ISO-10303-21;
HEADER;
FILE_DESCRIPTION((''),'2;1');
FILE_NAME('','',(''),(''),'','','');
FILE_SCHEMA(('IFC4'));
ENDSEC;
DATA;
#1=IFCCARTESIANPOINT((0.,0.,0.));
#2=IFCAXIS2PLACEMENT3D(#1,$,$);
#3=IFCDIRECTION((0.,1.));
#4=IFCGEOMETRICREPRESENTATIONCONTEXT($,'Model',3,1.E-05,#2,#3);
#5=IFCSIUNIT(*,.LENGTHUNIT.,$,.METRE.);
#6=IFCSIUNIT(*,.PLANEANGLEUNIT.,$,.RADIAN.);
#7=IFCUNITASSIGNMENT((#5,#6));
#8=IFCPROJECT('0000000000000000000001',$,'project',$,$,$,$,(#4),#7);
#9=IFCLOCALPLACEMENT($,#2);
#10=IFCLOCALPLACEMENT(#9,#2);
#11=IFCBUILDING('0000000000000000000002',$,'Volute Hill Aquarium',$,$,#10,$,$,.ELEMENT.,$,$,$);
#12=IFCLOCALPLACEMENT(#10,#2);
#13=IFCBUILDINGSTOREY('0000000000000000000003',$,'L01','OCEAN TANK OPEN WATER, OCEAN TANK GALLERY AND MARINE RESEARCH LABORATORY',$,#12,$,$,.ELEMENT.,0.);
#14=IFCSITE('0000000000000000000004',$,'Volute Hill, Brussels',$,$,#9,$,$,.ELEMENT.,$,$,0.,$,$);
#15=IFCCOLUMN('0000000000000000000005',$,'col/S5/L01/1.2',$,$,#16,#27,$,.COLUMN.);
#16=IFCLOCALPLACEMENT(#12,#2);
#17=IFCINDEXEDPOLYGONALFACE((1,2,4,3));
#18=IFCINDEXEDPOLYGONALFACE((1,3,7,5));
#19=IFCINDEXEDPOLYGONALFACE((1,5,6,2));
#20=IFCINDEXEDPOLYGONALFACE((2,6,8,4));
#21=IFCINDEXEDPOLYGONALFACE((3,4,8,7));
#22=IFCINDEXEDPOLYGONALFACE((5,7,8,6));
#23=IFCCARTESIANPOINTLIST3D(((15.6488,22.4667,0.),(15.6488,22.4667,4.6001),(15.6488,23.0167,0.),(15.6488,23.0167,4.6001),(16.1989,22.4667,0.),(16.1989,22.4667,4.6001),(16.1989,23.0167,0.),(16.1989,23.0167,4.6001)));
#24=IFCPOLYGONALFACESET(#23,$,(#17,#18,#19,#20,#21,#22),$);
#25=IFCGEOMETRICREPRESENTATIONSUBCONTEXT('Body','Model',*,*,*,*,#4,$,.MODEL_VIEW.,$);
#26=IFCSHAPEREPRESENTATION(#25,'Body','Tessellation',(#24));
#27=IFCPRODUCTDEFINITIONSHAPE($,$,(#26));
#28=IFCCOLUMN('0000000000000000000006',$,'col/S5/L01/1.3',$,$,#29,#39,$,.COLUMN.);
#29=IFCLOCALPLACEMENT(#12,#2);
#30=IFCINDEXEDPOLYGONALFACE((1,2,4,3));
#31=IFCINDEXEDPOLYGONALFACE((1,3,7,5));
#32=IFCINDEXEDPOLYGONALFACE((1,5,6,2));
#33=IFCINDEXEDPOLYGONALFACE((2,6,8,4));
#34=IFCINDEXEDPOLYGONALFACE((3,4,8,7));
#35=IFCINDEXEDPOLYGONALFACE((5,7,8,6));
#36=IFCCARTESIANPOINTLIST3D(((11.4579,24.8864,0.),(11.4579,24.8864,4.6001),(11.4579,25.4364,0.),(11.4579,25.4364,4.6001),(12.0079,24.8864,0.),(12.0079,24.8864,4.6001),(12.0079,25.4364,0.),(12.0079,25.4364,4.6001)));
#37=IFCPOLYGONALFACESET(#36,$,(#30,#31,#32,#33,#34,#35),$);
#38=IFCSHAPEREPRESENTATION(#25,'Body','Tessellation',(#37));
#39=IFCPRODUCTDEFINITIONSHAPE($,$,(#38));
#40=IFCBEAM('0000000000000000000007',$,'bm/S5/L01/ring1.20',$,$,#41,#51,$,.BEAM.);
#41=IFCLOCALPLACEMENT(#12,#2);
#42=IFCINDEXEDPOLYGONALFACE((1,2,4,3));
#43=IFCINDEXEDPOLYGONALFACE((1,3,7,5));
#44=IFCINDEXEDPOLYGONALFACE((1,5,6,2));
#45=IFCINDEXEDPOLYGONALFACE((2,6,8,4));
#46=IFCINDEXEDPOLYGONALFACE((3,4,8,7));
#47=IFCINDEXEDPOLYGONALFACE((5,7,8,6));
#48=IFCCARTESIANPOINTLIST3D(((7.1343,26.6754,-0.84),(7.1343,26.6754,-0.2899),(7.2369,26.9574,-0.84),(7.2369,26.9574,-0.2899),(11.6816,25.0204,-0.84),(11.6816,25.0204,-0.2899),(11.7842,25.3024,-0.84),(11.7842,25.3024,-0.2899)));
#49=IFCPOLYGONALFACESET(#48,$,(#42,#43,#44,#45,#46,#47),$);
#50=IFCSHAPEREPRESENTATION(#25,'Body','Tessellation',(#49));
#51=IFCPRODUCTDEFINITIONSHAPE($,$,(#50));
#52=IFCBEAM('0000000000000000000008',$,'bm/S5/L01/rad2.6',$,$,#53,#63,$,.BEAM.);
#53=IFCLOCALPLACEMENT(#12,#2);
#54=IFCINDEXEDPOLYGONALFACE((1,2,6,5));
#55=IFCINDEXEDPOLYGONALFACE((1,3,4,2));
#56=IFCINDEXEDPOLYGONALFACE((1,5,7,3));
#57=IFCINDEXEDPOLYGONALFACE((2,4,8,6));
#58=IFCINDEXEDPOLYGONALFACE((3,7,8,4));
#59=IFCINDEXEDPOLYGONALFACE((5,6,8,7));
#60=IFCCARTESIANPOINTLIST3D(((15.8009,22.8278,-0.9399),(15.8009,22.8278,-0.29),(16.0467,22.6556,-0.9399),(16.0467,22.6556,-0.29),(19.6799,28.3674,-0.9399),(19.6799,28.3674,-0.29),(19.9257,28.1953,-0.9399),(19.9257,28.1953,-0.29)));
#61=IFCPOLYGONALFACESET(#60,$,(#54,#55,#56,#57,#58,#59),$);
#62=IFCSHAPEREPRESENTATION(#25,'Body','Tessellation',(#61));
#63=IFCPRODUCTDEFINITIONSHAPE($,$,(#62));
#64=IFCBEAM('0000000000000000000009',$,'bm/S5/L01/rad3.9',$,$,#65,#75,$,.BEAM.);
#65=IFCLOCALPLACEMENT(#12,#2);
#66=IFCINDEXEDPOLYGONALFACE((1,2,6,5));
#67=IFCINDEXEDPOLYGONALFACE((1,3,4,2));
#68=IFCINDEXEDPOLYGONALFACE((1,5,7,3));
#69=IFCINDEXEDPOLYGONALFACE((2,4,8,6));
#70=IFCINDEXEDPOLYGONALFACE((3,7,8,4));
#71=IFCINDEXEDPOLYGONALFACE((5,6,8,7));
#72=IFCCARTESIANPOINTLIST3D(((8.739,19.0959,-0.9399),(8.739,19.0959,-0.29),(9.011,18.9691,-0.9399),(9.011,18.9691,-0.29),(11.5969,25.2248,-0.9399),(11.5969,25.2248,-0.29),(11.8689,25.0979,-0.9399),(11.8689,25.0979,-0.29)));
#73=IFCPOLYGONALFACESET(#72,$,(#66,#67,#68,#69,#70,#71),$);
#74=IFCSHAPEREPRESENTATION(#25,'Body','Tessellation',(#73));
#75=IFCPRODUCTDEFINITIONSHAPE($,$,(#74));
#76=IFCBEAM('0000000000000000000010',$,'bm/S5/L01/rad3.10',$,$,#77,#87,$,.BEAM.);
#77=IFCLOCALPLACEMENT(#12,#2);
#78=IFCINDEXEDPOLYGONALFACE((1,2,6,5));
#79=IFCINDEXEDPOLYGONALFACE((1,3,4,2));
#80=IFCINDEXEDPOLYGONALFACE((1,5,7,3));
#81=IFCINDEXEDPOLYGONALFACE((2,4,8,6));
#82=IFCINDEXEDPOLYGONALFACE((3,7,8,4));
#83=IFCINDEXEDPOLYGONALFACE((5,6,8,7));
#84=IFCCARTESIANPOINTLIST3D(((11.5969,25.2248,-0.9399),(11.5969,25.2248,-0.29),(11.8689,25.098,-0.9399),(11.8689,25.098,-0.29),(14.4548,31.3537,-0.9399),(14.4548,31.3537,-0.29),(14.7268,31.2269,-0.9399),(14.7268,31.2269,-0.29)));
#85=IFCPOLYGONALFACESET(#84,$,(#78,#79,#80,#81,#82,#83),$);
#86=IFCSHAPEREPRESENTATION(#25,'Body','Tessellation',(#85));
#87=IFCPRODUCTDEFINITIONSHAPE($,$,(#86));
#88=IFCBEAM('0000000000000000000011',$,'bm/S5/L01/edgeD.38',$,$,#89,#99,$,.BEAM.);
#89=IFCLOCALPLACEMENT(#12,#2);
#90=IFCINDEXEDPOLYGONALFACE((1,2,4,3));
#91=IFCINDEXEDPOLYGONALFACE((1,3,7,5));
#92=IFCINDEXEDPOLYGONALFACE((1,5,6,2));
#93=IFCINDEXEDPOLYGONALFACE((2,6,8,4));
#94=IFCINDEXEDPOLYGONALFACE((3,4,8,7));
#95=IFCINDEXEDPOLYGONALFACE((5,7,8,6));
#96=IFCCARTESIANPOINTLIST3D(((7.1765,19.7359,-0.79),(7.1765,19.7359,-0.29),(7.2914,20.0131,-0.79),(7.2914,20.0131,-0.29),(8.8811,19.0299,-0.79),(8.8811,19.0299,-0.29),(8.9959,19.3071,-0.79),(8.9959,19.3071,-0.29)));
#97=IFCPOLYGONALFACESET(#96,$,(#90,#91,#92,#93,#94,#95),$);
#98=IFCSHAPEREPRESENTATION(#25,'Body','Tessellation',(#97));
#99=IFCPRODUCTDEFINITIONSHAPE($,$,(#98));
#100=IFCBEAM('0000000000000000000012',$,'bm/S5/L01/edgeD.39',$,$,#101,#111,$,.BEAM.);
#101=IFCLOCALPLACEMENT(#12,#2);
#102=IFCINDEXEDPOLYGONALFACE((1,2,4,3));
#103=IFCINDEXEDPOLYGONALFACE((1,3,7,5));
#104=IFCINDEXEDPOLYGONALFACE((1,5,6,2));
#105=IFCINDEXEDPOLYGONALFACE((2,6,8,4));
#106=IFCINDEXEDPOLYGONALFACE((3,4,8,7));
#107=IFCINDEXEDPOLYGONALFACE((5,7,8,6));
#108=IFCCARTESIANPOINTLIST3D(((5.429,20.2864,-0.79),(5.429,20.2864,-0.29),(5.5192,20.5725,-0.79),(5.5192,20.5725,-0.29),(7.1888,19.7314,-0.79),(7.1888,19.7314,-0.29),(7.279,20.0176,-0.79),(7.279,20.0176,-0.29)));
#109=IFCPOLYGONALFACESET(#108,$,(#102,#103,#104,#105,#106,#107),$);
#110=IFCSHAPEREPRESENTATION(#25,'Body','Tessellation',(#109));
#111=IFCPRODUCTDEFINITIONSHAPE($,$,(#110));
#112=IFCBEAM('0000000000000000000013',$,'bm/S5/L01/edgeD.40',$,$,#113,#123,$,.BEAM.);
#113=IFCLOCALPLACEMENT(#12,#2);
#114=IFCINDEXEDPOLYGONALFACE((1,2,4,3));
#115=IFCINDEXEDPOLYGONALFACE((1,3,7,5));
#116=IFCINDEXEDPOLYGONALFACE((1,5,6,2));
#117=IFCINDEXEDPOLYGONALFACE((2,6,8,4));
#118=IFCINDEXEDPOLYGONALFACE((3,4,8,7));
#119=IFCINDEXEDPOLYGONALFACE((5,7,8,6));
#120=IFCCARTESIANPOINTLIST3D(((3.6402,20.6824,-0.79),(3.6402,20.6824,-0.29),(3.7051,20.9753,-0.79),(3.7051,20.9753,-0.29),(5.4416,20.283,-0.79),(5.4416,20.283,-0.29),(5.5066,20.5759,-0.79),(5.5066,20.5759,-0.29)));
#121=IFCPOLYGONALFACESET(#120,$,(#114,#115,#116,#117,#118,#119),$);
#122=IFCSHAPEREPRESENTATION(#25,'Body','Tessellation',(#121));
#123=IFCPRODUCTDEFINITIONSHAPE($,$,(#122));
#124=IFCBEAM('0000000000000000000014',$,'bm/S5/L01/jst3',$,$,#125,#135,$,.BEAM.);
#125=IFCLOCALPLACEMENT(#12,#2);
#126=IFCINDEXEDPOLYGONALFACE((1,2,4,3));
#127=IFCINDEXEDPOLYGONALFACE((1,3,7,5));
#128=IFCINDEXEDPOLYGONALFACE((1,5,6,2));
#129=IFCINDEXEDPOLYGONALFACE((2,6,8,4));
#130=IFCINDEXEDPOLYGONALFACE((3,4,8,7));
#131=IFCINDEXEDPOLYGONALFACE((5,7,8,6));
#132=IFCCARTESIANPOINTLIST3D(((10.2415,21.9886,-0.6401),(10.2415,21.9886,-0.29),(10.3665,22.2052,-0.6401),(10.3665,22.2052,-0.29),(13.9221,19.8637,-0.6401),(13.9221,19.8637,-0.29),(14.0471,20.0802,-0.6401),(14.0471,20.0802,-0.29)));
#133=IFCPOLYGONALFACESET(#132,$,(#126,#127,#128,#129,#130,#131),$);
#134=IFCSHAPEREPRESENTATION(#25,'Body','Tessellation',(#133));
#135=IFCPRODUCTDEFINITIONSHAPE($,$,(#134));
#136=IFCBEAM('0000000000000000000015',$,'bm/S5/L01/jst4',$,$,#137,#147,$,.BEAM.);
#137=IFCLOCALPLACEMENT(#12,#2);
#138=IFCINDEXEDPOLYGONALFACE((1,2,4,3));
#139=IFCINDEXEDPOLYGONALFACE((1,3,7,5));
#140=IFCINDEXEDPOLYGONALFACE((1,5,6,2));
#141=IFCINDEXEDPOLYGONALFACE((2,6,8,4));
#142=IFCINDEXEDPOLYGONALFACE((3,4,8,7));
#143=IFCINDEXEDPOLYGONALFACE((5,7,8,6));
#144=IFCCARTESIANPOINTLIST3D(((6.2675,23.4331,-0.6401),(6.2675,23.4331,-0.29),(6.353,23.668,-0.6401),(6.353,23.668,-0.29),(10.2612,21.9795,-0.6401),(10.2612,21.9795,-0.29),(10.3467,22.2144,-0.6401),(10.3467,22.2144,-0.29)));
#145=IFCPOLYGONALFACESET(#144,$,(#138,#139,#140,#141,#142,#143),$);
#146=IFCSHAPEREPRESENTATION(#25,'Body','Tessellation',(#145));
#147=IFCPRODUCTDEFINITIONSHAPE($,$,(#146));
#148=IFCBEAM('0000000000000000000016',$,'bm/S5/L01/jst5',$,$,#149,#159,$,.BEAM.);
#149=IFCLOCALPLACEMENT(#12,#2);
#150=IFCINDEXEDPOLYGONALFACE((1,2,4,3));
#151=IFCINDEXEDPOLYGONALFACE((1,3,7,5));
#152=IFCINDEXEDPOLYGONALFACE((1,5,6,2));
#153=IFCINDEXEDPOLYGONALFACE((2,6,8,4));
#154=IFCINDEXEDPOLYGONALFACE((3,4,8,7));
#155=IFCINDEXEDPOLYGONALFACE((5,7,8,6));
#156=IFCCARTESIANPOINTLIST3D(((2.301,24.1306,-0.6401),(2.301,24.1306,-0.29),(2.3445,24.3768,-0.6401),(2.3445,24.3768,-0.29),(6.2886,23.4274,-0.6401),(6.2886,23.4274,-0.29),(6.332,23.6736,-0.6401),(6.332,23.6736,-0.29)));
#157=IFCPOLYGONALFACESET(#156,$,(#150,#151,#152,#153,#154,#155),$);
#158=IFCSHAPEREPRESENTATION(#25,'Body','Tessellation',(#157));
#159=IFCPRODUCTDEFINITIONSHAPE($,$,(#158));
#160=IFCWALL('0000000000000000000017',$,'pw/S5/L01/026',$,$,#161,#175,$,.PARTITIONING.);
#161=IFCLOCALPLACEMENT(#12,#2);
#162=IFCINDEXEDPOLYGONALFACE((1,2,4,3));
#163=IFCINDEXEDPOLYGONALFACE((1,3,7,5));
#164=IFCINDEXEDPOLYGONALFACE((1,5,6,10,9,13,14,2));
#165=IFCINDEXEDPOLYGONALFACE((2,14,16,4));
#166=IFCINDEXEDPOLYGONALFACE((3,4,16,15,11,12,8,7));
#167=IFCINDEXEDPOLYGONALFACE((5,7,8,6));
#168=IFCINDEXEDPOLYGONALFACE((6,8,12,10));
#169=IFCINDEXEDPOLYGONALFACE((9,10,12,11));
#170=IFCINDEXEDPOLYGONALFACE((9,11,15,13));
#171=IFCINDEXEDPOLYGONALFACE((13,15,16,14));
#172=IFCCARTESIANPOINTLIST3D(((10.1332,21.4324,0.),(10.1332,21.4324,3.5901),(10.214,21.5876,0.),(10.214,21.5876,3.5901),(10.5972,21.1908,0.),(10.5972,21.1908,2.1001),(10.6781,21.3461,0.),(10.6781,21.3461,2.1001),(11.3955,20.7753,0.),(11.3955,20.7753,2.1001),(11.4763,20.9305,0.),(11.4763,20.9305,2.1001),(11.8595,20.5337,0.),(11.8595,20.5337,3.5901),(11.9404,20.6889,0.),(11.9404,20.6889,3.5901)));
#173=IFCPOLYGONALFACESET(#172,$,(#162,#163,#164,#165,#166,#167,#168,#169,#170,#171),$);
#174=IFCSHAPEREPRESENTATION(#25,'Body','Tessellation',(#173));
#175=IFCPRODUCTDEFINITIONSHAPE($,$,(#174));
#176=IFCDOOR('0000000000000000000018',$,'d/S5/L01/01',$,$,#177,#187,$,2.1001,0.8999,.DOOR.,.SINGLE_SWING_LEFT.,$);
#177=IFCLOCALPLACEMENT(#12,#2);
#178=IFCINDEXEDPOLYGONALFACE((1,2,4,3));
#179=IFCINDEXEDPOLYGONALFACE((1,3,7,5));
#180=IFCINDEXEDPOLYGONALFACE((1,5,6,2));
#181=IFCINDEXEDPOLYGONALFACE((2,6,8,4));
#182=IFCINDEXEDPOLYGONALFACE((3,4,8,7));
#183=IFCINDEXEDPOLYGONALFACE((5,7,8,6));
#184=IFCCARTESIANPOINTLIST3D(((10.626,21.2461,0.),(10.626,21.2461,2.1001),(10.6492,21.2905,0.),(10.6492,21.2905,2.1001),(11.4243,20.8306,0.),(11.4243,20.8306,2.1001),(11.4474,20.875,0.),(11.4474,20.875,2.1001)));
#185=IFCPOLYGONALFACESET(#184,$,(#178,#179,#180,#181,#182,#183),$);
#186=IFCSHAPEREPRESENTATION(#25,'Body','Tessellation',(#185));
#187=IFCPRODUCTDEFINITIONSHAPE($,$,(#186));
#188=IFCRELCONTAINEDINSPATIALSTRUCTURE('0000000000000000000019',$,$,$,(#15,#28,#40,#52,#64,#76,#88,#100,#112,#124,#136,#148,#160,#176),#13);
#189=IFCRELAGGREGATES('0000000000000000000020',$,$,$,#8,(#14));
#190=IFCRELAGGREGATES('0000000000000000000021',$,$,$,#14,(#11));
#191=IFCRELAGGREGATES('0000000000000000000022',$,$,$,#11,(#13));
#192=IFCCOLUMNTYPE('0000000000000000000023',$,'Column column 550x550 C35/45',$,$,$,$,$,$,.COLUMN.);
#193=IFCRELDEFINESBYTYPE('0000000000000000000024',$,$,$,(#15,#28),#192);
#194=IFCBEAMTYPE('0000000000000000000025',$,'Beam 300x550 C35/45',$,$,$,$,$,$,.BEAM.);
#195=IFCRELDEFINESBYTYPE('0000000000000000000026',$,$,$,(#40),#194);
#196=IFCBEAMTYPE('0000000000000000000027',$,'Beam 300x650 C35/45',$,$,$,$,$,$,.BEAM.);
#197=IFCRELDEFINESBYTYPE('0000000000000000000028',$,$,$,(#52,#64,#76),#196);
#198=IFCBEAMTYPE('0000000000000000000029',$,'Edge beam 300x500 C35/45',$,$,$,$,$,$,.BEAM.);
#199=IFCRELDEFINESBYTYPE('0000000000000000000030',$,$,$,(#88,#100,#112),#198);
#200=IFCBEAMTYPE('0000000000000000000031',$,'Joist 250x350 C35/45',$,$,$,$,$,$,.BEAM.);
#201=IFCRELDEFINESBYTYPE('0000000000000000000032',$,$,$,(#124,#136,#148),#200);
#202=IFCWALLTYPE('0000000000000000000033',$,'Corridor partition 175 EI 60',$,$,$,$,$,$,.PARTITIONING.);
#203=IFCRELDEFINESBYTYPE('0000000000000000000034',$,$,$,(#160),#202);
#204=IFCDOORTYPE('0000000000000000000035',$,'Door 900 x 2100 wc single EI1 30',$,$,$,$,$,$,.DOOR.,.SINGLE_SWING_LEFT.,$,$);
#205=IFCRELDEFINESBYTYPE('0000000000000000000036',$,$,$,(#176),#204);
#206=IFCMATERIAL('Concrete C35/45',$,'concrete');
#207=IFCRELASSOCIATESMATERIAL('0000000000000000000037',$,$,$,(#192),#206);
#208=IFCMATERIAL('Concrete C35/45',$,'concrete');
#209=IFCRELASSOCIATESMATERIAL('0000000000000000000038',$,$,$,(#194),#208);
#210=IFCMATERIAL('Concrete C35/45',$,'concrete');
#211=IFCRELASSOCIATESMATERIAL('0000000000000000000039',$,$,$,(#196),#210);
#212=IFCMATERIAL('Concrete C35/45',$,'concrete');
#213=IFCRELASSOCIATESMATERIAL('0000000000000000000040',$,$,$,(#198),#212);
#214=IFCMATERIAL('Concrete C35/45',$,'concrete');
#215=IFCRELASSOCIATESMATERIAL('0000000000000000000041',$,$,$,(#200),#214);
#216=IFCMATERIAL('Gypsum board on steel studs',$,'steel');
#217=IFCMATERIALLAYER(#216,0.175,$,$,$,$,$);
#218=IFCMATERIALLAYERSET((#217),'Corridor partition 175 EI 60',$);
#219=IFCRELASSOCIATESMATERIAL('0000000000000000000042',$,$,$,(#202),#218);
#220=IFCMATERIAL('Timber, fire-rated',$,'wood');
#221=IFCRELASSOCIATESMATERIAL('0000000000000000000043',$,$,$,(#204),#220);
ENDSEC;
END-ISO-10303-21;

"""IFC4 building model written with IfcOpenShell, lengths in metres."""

from ifc_helpers import new_model, si_unit, direction, frame, frame_2d, origin, origin_2d, place, context, subcontext, project, spatial, rectangle, extrude, material, layer, layer_set, material_profile, profile_set, type_object, element, fill, save


model = new_model("IFC4")

# Units and contexts
model_context = context("Model", 3, precision=1e-05, world=origin(), true_north=direction((0.0, 1.0)))
body_context = subcontext(model_context, "Body", "Model", "MODEL_VIEW")
ifc_project = project(units=[si_unit("LENGTHUNIT", "METRE"), si_unit("PLANEANGLEUNIT", "RADIAN")], contexts=[model_context])

# Site, building, storey
site_placement = place(None, origin())
site = spatial("IfcSite", under=ifc_project, at=site_placement, Name="Volute Hill, Brussels", CompositionType="ELEMENT", RefElevation=0.0)
building_placement = place(site_placement, origin())
building = spatial("IfcBuilding", under=site, at=building_placement, Name="Volute Hill Aquarium", CompositionType="ELEMENT")
storey_placement = place(building_placement, origin())
storey = spatial("IfcBuildingStorey", under=building, at=storey_placement, Name="L01", Description="OCEAN TANK OPEN WATER, OCEAN TANK GALLERY AND MARINE RESEARCH LABORATORY", CompositionType="ELEMENT", Elevation=0.0)

# Columns
ifc_material_1 = material(Name="Concrete C35/45", Category="concrete")
ifc_material_profile_1 = material_profile(ifc_material_1, rectangle(XDim=0.55, YDim=0.55, at=origin_2d()), Name="RC column 550x550")
ifc_profile_set_1 = profile_set([ifc_material_profile_1], Name="Concrete C35/45")
column_type = type_object("IfcColumnType", Name="Column column 550x550 C35/45", PredefinedType="COLUMN", material=ifc_profile_set_1)
for number, where, z_axis, x_axis, name in (
    (1, (15.9238, 22.7417, 0.0), (0.0, 0.0, 1.0), (1.0, 0.0, 0.0), "col/S5/L01/1.2"),
    (2, (11.7329, 25.1614, 0.0), (0.0, 0.0, 1.0), (1.0, 0.0, 0.0), "col/S5/L01/1.3"),
):
    element("IfcColumn", number, at=place(storey_placement, frame(where, z_axis=z_axis, x_axis=x_axis)), inside=storey, type_object=column_type, Name=name, PredefinedType="COLUMN", context=body_context, shape_type="SweptSolid", body=[
        extrude(rectangle(XDim=0.55, YDim=0.55, at=origin_2d()), origin(), (0.0, 0.0, 1.0), 4.6001),
    ])

# Beams
ifc_material_2 = material(Name="Concrete C35/45", Category="concrete")
ifc_material_profile_2 = material_profile(ifc_material_2, rectangle(XDim=0.3, YDim=0.55, at=origin_2d()), Name="RC beam 300x550")
ifc_profile_set_2 = profile_set([ifc_material_profile_2], Name="Concrete C35/45")
beam_type_1 = type_object("IfcBeamType", Name="Beam 300x550 C35/45", PredefinedType="BEAM", material=ifc_profile_set_2)
beam_1_placement = place(storey_placement, frame((11.7329, 25.1614, -0.5649), z_axis=(-0.939698, 0.342006, 0.0), x_axis=(-0.342006, -0.939698, 0.0)))
element("IfcBeam", 3, at=beam_1_placement, inside=storey, type_object=beam_type_1, Name="bm/S5/L01/ring1.20", PredefinedType="BEAM", context=body_context, shape_type="SweptSolid", body=[
    extrude(rectangle(XDim=0.3, YDim=0.55, at=origin_2d()), origin(), (0.0, 0.0, 1.0), 4.8391),
])
ifc_material_3 = material(Name="Concrete C35/45", Category="concrete")
ifc_material_profile_3 = material_profile(ifc_material_3, rectangle(XDim=0.3, YDim=0.6499, at=origin_2d()), Name="RC beam 300x650")
ifc_profile_set_3 = profile_set([ifc_material_profile_3], Name="Concrete C35/45")
beam_type_2 = type_object("IfcBeamType", Name="Beam 300x650 C35/45", PredefinedType="BEAM", material=ifc_profile_set_3)
beam_2_placement = place(storey_placement, frame((15.9238, 22.7417, -0.615), z_axis=(0.573583, 0.819147, 0.0), x_axis=(-0.819147, 0.573583, 0.0)))
element("IfcBeam", 4, at=beam_2_placement, inside=storey, type_object=beam_type_2, Name="bm/S5/L01/rad2.6", PredefinedType="BEAM", context=body_context, shape_type="SweptSolid", body=[
    extrude(rectangle(XDim=0.3, YDim=0.6499, at=origin_2d()), origin(), (0.0, 0.0, 1.0), 6.7627),
])
for number, where, z_axis, x_axis, name in (
    (5, (8.875, 19.0325, -0.615), (0.422613, 0.90631, 0.0), (-0.90631, 0.422613, 0.0), "bm/S5/L01/rad3.9"),
    (6, (11.7329, 25.1614, -0.615), (0.422613, 0.90631, 0.0), (-0.90631, 0.422613, 0.0), "bm/S5/L01/rad3.10"),
):
    element("IfcBeam", number, at=place(storey_placement, frame(where, z_axis=z_axis, x_axis=x_axis)), inside=storey, type_object=beam_type_2, Name=name, PredefinedType="BEAM", context=body_context, shape_type="SweptSolid", body=[
        extrude(rectangle(XDim=0.3, YDim=0.6499, at=origin_2d()), origin(), (0.0, 0.0, 1.0), 6.7625),
    ])
ifc_material_4 = material(Name="Concrete C35/45", Category="concrete")
ifc_material_profile_4 = material_profile(ifc_material_4, rectangle(XDim=0.3, YDim=0.5, at=origin_2d()), Name="RC edge beam 300x500")
ifc_profile_set_4 = profile_set([ifc_material_profile_4], Name="Concrete C35/45")
beam_type_3 = type_object("IfcBeamType", Name="Edge beam 300x500 C35/45", PredefinedType="BEAM", material=ifc_profile_set_4)
beam_3_placement = place(storey_placement, frame((8.9385, 19.1685, -0.54), z_axis=(-0.923881, 0.382679, 0.0), x_axis=(-0.382679, -0.923881, 0.0)))
element("IfcBeam", 7, at=beam_3_placement, inside=storey, type_object=beam_type_3, Name="bm/S5/L01/edgeD.38", PredefinedType="BEAM", context=body_context, shape_type="SweptSolid", body=[
    extrude(rectangle(XDim=0.3, YDim=0.5, at=origin_2d()), origin(), (0.0, 0.0, 1.0), 1.845),
])
for number, where, z_axis, x_axis, name in (
    (8, (7.2339, 19.8745, -0.54), (-0.953705, 0.300745, 0.0), (-0.300745, -0.953705, 0.0), "bm/S5/L01/edgeD.39"),
    (9, (5.4741, 20.4294, -0.54), (-0.976293, 0.216454, 0.0), (-0.216454, -0.976293, 0.0), "bm/S5/L01/edgeD.40"),
):
    element("IfcBeam", number, at=place(storey_placement, frame(where, z_axis=z_axis, x_axis=x_axis)), inside=storey, type_object=beam_type_3, Name=name, PredefinedType="BEAM", context=body_context, shape_type="SweptSolid", body=[
        extrude(rectangle(XDim=0.3, YDim=0.5, at=origin_2d()), origin(), (0.0, 0.0, 1.0), 1.8452),
    ])
ifc_material_5 = material(Name="Concrete C35/45", Category="concrete")
ifc_material_profile_5 = material_profile(ifc_material_5, rectangle(XDim=0.25, YDim=0.3501, at=origin_2d()), Name="RC joist 250x350")
ifc_profile_set_5 = profile_set([ifc_material_profile_5], Name="Concrete C35/45")
beam_type_4 = type_object("IfcBeamType", Name="Joist 250x350 C35/45", PredefinedType="BEAM", material=ifc_profile_set_5)
for number, where, z_axis, x_axis, name in (
    (10, (13.9846, 19.9719, -0.4651), (-0.866029, 0.499994, 0.0), (-0.499994, -0.866029, 0.0), "bm/S5/L01/jst3"),
    (11, (10.304, 22.0969, -0.4651), (-0.939689, 0.342029, 0.0), (-0.342029, -0.939689, 0.0), "bm/S5/L01/jst4"),
):
    element("IfcBeam", number, at=place(storey_placement, frame(where, z_axis=z_axis, x_axis=x_axis)), inside=storey, type_object=beam_type_4, Name=name, PredefinedType="BEAM", context=body_context, shape_type="SweptSolid", body=[
        extrude(rectangle(XDim=0.25, YDim=0.3501, at=origin_2d()), origin(), (0.0, 0.0, 1.0), 4.25),
    ])
beam_4_placement = place(storey_placement, frame((6.3103, 23.5505, -0.4651), z_axis=(-0.984807, 0.173651, 0.0), x_axis=(-0.173651, -0.984807, 0.0)))
element("IfcBeam", 12, at=beam_4_placement, inside=storey, type_object=beam_type_4, Name="bm/S5/L01/jst5", PredefinedType="BEAM", context=body_context, shape_type="SweptSolid", body=[
    extrude(rectangle(XDim=0.25, YDim=0.3501, at=origin_2d()), origin(), (0.0, 0.0, 1.0), 4.0491),
])

# Wall, opening, door
ifc_material_6 = material(Name="Gypsum board on steel studs", Category="steel")
ifc_layer_1 = layer(ifc_material_6, 0.175)
ifc_layer_set_1 = layer_set([ifc_layer_1], Name="Corridor partition 175 EI 60")
wall_type_1 = type_object("IfcWallType", Name="Corridor partition 175 EI 60", PredefinedType="PARTITIONING", material=ifc_layer_set_1)
wall_1_placement = place(storey_placement, frame((10.1736, 21.51, 0.0), z_axis=(0.0, 0.0, 1.0), x_axis=(0.887007, -0.461756, 0.0)))
wall_1 = element("IfcWall", 13, at=wall_1_placement, inside=storey, type_object=wall_type_1, Name="pw/S5/L01/026", PredefinedType="PARTITIONING", context=body_context, shape_type="SweptSolid", body=[
    extrude(rectangle(XDim=1.9463, YDim=0.175, at=frame_2d((0.9731, 0.0))), origin(), (0.0, 0.0, 1.0), 3.5901),
])
opening_1_placement = place(wall_1_placement, frame((0.5232, 0.0, 0.0)))
opening_1 = element("IfcOpeningElement", 14, at=opening_1_placement, cuts=wall_1, PredefinedType="OPENING", context=body_context, shape_type="SweptSolid", body=[
    extrude(rectangle(XDim=0.8999, YDim=2.1001, at=frame_2d((0.45, 1.05))), frame((0.0, 0.0974, 0.0), z_axis=(0.0, -1.0, 0.0), x_axis=(1.0, 0.0, 0.0)), (0.0, 0.0, 1.0), 0.1951),
])
ifc_material_7 = material(Name="Timber, fire-rated", Category="wood")
door_type_1 = type_object("IfcDoorType", Name="Door 900 x 2100 wc single EI1 30", OperationType="SINGLE_SWING_LEFT", PredefinedType="DOOR", material=ifc_material_7)
door_1_placement = place(opening_1_placement, origin())
door_1 = element("IfcDoor", 15, at=door_1_placement, inside=storey, type_object=door_type_1, Name="d/S5/L01/01", OperationType="SINGLE_SWING_LEFT", OverallHeight=2.1001, OverallWidth=0.8999, PredefinedType="DOOR", context=body_context, shape_type="SweptSolid", body=[
    extrude(rectangle(XDim=0.8999, YDim=2.1001, at=frame_2d((0.45, 1.05))), frame((0.0, 0.0249, 0.0), z_axis=(0.0, -1.0, 0.0), x_axis=(1.0, 0.0, 0.0)), (0.0, 0.0, 1.0), 0.05),
])
fill(opening_1, door_1)

save(model, "model.ifc")
